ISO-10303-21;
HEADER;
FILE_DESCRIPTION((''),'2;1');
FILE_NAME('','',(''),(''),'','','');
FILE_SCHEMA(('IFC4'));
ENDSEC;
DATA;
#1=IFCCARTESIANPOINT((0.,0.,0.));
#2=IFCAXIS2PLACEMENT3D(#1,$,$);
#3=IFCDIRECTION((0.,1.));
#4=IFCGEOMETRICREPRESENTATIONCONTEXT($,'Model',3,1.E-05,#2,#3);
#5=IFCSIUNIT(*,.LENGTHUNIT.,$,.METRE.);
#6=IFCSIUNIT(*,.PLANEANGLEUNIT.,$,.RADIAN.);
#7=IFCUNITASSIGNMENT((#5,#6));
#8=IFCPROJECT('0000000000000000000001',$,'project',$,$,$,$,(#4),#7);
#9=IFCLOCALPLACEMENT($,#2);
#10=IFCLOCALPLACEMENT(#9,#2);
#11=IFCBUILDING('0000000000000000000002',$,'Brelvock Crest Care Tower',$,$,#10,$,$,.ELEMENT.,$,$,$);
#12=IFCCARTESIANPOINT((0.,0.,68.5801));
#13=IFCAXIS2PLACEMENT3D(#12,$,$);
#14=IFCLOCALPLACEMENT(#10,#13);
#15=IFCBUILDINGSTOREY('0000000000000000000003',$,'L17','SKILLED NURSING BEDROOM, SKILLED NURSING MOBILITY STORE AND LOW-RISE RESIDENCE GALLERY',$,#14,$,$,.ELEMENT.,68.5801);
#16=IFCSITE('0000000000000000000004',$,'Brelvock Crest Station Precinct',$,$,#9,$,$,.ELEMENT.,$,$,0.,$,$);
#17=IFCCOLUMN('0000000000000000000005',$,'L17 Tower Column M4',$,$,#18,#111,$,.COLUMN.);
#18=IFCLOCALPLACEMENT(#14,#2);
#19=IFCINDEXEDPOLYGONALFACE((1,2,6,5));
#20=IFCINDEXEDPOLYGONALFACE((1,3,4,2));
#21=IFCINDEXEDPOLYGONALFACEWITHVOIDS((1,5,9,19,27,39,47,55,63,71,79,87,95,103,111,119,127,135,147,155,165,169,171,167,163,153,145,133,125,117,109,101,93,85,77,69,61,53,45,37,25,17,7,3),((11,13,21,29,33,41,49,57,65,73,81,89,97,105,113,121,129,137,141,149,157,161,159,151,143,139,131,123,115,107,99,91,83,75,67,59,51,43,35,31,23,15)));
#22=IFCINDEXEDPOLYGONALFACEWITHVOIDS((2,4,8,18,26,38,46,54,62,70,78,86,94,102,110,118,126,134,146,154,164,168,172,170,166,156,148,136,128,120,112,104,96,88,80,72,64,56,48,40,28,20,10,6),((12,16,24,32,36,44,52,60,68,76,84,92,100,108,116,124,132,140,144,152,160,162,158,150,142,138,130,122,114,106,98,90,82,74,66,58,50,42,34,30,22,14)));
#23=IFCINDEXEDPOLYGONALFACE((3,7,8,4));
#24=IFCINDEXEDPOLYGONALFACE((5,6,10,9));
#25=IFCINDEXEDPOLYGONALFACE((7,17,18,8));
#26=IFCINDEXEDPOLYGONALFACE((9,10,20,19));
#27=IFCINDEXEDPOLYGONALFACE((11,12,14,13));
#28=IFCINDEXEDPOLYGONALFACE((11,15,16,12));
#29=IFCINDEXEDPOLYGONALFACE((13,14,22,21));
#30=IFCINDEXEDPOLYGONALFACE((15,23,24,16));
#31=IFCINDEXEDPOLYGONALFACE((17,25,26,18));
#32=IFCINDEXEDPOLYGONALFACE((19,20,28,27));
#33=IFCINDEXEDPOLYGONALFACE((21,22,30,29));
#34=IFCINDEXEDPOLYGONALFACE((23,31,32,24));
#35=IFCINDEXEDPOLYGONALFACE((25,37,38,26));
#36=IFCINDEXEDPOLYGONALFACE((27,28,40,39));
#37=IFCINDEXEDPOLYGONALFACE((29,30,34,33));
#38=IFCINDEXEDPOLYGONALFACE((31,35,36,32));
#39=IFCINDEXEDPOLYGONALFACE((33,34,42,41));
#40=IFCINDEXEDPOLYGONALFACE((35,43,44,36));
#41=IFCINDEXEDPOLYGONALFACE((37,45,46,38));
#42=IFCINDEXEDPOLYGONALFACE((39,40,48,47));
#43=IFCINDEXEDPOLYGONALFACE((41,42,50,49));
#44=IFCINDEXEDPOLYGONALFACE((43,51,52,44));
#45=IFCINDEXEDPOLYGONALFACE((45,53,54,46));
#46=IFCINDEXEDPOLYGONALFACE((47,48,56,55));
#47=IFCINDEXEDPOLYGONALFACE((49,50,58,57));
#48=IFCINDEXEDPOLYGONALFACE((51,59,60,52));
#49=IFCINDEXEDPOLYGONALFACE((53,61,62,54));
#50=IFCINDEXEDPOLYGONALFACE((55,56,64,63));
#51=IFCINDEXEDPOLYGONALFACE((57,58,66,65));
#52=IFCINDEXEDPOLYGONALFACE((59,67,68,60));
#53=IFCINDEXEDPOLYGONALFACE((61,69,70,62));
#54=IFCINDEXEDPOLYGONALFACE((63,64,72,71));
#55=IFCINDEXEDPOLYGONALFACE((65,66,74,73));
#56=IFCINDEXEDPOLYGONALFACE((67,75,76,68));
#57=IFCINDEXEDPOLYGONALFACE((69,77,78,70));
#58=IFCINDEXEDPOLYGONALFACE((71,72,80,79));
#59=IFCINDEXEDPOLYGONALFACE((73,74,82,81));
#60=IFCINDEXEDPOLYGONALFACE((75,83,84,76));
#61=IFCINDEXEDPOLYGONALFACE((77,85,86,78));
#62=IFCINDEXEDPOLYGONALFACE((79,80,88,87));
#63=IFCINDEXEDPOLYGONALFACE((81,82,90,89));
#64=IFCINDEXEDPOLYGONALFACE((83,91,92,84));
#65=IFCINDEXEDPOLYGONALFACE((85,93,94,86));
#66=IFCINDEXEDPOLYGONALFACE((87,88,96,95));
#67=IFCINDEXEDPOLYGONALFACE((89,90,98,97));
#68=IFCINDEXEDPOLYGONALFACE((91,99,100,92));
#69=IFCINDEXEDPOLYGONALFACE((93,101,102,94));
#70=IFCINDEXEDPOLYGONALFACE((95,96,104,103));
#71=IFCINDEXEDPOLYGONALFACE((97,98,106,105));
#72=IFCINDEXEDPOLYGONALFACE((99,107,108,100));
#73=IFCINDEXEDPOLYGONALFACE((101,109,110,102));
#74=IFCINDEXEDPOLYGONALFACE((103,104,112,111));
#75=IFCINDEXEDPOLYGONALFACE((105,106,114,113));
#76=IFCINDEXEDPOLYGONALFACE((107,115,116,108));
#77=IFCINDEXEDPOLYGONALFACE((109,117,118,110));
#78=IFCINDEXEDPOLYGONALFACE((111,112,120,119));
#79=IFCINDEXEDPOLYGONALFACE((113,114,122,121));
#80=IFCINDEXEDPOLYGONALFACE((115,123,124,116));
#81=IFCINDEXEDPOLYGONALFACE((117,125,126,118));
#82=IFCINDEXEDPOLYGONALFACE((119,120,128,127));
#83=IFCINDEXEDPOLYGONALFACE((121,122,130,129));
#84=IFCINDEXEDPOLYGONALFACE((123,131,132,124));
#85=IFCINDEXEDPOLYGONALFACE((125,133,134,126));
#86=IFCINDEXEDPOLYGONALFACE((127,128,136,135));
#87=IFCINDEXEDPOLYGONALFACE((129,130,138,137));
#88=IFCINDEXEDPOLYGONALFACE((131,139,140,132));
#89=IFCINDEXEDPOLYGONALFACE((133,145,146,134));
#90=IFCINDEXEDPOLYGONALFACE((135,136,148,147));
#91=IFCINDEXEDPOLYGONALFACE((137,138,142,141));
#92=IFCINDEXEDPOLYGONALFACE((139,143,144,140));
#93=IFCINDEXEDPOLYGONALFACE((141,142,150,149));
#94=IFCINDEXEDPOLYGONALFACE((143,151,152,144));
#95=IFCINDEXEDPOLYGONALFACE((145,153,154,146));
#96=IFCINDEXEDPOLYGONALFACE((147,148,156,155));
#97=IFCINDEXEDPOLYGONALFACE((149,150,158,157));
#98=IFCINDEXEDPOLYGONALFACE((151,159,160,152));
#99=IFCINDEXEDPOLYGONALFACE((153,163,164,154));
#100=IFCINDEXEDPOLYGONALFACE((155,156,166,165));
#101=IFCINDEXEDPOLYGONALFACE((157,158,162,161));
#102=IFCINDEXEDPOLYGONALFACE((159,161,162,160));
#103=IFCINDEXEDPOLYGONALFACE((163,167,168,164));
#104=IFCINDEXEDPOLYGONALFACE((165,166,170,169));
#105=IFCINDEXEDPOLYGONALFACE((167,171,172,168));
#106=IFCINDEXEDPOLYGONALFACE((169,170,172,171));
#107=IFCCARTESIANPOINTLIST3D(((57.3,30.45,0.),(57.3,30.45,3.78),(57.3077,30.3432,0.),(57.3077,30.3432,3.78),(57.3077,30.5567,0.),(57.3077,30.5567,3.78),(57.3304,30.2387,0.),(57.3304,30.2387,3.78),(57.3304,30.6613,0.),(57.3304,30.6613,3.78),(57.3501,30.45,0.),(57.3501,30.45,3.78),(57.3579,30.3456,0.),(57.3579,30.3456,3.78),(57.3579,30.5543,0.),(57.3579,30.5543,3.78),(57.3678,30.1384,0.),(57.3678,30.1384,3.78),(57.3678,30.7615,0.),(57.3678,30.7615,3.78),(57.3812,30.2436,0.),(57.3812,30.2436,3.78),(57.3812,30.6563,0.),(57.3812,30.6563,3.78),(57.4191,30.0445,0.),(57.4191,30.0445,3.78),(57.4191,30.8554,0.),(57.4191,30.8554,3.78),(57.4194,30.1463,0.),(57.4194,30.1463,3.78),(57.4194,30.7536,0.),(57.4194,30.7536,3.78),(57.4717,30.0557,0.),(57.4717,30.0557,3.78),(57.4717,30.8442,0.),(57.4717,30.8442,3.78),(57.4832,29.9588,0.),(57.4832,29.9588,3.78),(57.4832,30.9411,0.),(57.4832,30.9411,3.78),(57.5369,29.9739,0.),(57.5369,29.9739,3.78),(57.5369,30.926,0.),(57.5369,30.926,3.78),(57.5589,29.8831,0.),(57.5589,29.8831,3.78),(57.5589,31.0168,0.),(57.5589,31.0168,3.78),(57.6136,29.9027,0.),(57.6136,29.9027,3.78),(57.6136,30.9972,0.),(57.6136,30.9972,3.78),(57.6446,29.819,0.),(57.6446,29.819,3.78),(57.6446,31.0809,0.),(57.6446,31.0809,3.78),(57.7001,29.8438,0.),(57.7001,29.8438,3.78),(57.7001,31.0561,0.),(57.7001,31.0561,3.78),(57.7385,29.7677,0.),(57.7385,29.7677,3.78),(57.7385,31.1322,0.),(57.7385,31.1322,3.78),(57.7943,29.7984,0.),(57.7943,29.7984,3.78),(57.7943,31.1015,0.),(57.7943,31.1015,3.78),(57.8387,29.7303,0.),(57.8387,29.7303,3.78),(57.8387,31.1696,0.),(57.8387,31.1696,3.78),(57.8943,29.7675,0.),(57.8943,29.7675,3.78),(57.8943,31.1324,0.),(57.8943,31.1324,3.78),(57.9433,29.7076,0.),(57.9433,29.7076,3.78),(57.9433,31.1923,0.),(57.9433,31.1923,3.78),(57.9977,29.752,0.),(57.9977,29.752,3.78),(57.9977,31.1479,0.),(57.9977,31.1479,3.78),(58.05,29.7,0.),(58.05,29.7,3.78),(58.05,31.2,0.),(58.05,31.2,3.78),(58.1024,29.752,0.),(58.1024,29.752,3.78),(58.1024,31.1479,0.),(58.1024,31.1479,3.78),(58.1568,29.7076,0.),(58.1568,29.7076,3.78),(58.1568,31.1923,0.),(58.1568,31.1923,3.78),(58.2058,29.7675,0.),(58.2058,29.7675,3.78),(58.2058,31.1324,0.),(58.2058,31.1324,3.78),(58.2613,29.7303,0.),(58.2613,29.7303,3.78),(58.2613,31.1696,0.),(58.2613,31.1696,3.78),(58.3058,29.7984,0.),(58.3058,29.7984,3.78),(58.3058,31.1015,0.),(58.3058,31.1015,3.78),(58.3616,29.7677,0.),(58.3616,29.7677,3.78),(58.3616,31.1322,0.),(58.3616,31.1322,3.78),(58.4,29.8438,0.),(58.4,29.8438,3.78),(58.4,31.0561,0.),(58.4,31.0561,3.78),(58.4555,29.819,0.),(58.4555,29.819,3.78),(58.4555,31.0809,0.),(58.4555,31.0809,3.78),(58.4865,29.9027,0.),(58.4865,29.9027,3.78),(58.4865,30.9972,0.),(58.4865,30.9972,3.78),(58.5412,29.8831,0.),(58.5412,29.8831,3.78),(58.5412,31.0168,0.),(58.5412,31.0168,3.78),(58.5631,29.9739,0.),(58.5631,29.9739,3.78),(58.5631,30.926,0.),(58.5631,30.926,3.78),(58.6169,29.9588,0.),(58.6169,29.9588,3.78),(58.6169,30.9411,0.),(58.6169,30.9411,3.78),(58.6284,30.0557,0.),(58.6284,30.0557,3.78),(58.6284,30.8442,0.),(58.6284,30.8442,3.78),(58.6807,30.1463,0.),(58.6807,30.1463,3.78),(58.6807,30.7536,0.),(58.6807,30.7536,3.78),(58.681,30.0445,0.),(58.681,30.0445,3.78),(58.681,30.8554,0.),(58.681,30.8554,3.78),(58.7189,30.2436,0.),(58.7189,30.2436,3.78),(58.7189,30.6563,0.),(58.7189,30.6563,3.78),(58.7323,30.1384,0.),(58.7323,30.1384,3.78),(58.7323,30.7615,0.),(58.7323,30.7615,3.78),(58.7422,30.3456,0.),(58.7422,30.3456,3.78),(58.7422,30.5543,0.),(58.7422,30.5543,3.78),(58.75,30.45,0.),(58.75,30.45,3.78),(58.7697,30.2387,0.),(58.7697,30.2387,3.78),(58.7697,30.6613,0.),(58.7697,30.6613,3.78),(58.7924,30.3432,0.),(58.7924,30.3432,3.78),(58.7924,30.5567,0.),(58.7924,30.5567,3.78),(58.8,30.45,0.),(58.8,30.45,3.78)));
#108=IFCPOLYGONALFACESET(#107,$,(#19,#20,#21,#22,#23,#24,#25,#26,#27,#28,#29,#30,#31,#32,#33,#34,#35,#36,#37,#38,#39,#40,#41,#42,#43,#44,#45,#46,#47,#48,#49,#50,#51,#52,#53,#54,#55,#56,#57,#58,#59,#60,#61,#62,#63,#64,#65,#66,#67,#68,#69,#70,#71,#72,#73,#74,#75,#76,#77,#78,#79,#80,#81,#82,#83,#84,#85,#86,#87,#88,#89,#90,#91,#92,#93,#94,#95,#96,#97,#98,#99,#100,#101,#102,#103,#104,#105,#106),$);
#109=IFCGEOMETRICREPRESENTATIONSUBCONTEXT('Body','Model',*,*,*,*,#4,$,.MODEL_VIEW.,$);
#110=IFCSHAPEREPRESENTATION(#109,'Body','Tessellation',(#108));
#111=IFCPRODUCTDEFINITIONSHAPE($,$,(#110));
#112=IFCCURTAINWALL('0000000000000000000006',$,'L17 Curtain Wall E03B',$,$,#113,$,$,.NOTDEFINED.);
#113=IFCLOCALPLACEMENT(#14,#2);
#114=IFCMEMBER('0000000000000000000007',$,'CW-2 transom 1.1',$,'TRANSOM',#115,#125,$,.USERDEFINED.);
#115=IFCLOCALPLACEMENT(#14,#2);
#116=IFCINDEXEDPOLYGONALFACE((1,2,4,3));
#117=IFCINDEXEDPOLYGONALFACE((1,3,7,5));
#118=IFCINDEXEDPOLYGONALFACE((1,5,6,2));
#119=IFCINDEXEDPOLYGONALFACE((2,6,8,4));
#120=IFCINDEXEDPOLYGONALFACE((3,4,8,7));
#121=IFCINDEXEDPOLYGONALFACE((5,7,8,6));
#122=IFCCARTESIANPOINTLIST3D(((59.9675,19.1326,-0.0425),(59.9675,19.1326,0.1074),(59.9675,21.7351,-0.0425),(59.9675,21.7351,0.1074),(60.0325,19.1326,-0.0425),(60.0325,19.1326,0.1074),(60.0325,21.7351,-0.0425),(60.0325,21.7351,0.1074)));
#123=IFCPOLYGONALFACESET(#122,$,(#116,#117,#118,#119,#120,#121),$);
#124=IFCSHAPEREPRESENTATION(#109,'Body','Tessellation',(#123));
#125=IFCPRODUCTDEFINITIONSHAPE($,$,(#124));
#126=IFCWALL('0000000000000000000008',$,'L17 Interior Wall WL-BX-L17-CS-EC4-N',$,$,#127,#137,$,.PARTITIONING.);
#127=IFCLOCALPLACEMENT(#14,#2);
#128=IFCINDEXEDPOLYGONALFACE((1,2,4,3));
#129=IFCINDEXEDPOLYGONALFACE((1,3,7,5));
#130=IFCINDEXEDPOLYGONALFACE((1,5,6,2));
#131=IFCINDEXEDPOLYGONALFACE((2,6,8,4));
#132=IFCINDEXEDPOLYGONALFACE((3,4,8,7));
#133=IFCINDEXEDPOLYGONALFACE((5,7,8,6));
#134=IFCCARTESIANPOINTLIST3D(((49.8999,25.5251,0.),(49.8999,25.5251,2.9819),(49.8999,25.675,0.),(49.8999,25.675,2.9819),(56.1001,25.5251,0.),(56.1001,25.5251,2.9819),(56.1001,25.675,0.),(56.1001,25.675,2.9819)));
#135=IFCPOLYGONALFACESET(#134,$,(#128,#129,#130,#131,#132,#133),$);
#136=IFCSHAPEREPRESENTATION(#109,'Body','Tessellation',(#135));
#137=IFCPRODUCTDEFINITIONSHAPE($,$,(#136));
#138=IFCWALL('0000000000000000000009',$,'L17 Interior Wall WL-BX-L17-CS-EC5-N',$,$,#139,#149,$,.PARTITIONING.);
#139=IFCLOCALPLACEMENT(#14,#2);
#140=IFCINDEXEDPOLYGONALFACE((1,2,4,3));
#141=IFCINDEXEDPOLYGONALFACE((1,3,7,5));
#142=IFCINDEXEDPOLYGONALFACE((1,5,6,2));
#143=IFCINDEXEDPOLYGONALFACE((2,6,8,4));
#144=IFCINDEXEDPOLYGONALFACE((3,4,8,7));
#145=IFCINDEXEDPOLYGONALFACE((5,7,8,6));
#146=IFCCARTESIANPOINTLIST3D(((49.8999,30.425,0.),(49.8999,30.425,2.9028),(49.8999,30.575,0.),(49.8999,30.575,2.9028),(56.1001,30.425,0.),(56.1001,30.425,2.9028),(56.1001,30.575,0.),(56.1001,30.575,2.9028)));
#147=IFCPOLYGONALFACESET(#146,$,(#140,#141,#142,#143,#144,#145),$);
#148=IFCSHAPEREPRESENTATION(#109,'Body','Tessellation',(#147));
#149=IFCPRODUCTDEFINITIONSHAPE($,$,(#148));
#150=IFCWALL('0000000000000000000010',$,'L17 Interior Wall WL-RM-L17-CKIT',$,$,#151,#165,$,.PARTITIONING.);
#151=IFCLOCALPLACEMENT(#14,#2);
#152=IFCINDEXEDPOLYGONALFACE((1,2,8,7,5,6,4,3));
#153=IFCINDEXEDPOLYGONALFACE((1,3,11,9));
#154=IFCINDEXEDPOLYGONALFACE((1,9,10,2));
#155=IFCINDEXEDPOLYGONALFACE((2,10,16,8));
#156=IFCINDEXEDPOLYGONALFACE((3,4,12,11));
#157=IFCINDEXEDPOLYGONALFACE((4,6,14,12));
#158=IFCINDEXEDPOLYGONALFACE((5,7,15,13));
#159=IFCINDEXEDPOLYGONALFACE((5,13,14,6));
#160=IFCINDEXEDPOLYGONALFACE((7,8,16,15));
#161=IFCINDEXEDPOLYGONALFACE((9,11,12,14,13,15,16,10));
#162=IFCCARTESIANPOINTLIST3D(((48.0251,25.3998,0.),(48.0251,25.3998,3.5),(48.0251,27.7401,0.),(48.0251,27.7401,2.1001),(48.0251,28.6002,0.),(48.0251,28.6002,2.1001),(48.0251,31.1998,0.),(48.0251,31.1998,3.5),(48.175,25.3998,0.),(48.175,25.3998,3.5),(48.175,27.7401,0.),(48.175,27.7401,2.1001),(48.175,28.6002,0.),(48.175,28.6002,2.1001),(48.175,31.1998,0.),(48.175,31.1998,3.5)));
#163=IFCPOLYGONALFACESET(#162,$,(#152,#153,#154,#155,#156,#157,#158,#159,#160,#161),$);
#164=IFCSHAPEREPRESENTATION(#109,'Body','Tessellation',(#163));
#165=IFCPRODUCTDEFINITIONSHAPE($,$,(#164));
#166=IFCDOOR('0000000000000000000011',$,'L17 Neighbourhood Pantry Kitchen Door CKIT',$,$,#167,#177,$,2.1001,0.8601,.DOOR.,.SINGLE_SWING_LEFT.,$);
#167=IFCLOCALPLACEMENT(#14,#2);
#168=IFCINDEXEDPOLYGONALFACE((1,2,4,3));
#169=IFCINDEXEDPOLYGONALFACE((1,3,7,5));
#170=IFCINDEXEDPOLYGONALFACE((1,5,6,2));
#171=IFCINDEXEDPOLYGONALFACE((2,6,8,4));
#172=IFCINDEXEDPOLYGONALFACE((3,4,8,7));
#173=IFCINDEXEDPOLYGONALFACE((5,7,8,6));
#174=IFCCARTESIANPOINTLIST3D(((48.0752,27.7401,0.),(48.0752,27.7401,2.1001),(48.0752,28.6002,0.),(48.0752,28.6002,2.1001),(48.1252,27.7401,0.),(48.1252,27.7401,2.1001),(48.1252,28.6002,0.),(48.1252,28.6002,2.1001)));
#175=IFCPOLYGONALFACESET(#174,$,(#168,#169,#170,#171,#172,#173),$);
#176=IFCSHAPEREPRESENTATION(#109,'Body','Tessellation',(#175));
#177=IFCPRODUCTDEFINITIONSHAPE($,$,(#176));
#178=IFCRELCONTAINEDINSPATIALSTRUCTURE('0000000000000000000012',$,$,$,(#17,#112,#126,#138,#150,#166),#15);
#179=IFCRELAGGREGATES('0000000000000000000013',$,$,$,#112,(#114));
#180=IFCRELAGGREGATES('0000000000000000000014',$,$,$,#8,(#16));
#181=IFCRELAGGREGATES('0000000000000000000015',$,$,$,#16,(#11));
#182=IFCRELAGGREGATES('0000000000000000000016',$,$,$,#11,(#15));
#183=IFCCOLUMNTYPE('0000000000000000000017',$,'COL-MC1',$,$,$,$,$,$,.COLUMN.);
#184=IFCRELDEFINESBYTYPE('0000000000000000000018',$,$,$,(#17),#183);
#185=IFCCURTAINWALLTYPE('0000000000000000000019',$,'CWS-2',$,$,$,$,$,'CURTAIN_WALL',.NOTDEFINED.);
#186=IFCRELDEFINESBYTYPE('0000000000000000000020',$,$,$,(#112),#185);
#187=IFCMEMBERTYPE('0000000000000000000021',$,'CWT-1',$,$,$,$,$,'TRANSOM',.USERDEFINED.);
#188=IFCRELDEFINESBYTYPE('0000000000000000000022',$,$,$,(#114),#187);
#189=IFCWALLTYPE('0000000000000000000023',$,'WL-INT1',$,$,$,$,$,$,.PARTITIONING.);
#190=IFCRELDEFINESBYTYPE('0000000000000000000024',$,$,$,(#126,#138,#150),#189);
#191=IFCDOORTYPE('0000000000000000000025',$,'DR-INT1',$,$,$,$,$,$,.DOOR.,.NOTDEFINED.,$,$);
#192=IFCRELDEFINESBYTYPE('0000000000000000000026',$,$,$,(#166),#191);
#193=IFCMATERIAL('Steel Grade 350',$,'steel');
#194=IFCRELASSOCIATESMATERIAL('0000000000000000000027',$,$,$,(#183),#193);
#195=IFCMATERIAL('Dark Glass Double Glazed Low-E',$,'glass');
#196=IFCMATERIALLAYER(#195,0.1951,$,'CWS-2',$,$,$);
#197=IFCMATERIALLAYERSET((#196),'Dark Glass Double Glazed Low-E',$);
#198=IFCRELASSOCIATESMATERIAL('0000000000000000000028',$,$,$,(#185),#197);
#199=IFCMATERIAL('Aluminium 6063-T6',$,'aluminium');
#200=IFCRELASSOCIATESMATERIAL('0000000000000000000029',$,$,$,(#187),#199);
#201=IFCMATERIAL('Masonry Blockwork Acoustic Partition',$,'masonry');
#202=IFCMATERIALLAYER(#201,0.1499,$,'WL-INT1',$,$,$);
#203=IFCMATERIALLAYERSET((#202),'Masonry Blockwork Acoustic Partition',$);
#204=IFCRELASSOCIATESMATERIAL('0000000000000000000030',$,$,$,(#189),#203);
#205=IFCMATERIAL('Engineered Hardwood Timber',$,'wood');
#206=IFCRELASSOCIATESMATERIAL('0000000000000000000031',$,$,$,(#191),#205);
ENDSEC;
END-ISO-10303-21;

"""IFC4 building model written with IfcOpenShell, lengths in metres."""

from ifc_helpers import new_model, si_unit, direction, frame, frame_2d, origin, origin_2d, place, context, subcontext, project, spatial, rectangle, hollow_circle, extrude, source, transform, mapped, material, layer, layer_set, material_profile, profile_set, type_object, element, fill, aggregate, save


model = new_model("IFC4")

# Units and contexts
model_context = context("Model", 3, precision=1e-05, world=origin(), true_north=direction((0.0, 1.0)))
body_context = subcontext(model_context, "Body", "Model", "MODEL_VIEW")
ifc_project = project(units=[si_unit("LENGTHUNIT", "METRE"), si_unit("PLANEANGLEUNIT", "RADIAN")], contexts=[model_context])

# Site, building, storey
site_placement = place(None, origin())
site = spatial("IfcSite", under=ifc_project, at=site_placement, Name="Brelvock Crest Station Precinct", CompositionType="ELEMENT", RefElevation=0.0)
building_placement = place(site_placement, origin())
building = spatial("IfcBuilding", under=site, at=building_placement, Name="Brelvock Crest Care Tower", CompositionType="ELEMENT")
storey_placement = place(building_placement, frame((0.0, 0.0, 68.5801)))
storey = spatial("IfcBuildingStorey", under=building, at=storey_placement, Name="L17", Description="SKILLED NURSING BEDROOM, SKILLED NURSING MOBILITY STORE AND LOW-RISE RESIDENCE GALLERY", CompositionType="ELEMENT", Elevation=68.5801)

# Column
ifc_material_1 = material(Name="Steel Grade 350", Category="steel")
ifc_material_profile_1 = material_profile(ifc_material_1, hollow_circle(Radius=0.75, WallThickness=0.05, at=origin_2d()), Name="CFT1500x50")
ifc_profile_set_1 = profile_set([ifc_material_profile_1], Name="Steel Grade 350")
column_type = type_object("IfcColumnType", Name="COL-MC1", PredefinedType="COLUMN", material=ifc_profile_set_1)
shared_shape_1 = source(origin(), body_context, "Body", "SweptSolid", [
    extrude(hollow_circle(Radius=0.75, WallThickness=0.05, at=origin_2d()), origin(), (0.0, 0.0, 1.0), 3.78),
])
column_placement = place(storey_placement, frame((58.05, 30.45, 0.0), z_axis=(0.0, 0.0, 1.0), x_axis=(1.0, 0.0, 0.0)))
element("IfcColumn", 1, at=column_placement, inside=storey, type_object=column_type, Name="L17 Tower Column M4", PredefinedType="COLUMN", context=body_context, shape_type="MappedRepresentation", body=[
    mapped(shared_shape_1, transform((0.0, 0.0, 0.0), x_axis=(1.0, 0.0, 0.0), y_axis=(0.0, 1.0, 0.0), z_axis=(0.0, 0.0, 1.0), scale=1.0)),
])

# Curtain wall, member
ifc_material_2 = material(Name="Dark Glass Double Glazed Low-E", Category="glass")
ifc_layer_1 = layer(ifc_material_2, 0.1951, Name="CWS-2")
ifc_layer_set_1 = layer_set([ifc_layer_1], Name="Dark Glass Double Glazed Low-E")
curtain_wall_type = type_object("IfcCurtainWallType", Name="CWS-2", ElementType="CURTAIN_WALL", PredefinedType="NOTDEFINED", material=ifc_layer_set_1)
curtain_wall_placement = place(storey_placement, origin())
curtain_wall = element("IfcCurtainWall", 2, at=curtain_wall_placement, inside=storey, type_object=curtain_wall_type, Name="L17 Curtain Wall E03B", PredefinedType="NOTDEFINED")
ifc_material_3 = material(Name="Aluminium 6063-T6", Category="aluminium")
ifc_material_profile_2 = material_profile(ifc_material_3, rectangle(XDim=0.0649, YDim=0.1499, at=origin_2d()), Name="ALU65x150")
ifc_profile_set_2 = profile_set([ifc_material_profile_2], Name="Aluminium 6063-T6")
member_type = type_object("IfcMemberType", Name="CWT-1", ElementType="TRANSOM", PredefinedType="USERDEFINED", material=ifc_profile_set_2)
shared_shape_2 = source(origin(), body_context, "Body", "SweptSolid", [
    extrude(rectangle(XDim=0.0649, YDim=0.1499, at=origin_2d()), origin(), (0.0, 0.0, 1.0), 2.6025),
])
member_placement = place(storey_placement, frame((60.0, 21.7351, 0.0325), z_axis=(0.0, -1.0, 0.0), x_axis=(1.0, 0.0, 0.0)))
member = element("IfcMember", 3, at=member_placement, type_object=member_type, Name="CW-2 transom 1.1", ObjectType="TRANSOM", PredefinedType="USERDEFINED", context=body_context, shape_type="MappedRepresentation", body=[
    mapped(shared_shape_2, transform((0.0, 0.0, 0.0), x_axis=(1.0, 0.0, 0.0), y_axis=(0.0, 1.0, 0.0), z_axis=(0.0, 0.0, 1.0), scale=1.0)),
])
aggregate(curtain_wall, [member])

# Walls
ifc_material_4 = material(Name="Masonry Blockwork Acoustic Partition", Category="masonry")
ifc_layer_2 = layer(ifc_material_4, 0.1499, Name="WL-INT1")
ifc_layer_set_2 = layer_set([ifc_layer_2], Name="Masonry Blockwork Acoustic Partition")
wall_type_1 = type_object("IfcWallType", Name="WL-INT1", PredefinedType="PARTITIONING", material=ifc_layer_set_2)
wall_1_placement = place(storey_placement, frame((49.8999, 25.6001, 0.0), z_axis=(0.0, 0.0, 1.0), x_axis=(1.0, 0.0, 0.0)))
element("IfcWall", 4, at=wall_1_placement, inside=storey, type_object=wall_type_1, Name="L17 Interior Wall WL-BX-L17-CS-EC4-N", PredefinedType="PARTITIONING", context=body_context, shape_type="SweptSolid", body=[
    extrude(rectangle(XDim=6.2002, YDim=0.1499, at=frame_2d((3.1001, 0.0))), origin(), (0.0, 0.0, 1.0), 2.9819),
])
wall_2_placement = place(storey_placement, frame((49.8999, 30.5, 0.0), z_axis=(0.0, 0.0, 1.0), x_axis=(1.0, 0.0, 0.0)))
element("IfcWall", 5, at=wall_2_placement, inside=storey, type_object=wall_type_1, Name="L17 Interior Wall WL-BX-L17-CS-EC5-N", PredefinedType="PARTITIONING", context=body_context, shape_type="SweptSolid", body=[
    extrude(rectangle(XDim=6.2002, YDim=0.1499, at=frame_2d((3.1001, 0.0))), origin(), (0.0, 0.0, 1.0), 2.9028),
])

# Wall, opening, door
wall_3_placement = place(storey_placement, frame((48.1001, 25.3999, 0.0), z_axis=(0.0, 0.0, 1.0), x_axis=(0.0, 1.0, 0.0)))
wall_3 = element("IfcWall", 6, at=wall_3_placement, inside=storey, type_object=wall_type_1, Name="L17 Interior Wall WL-RM-L17-CKIT", PredefinedType="PARTITIONING", context=body_context, shape_type="SweptSolid", body=[
    extrude(rectangle(XDim=5.8, YDim=0.1499, at=frame_2d((2.8999, 0.0))), origin(), (0.0, 0.0, 1.0), 3.5),
])
opening_1_placement = place(wall_3_placement, frame((2.3401, 0.0, 0.0)))
opening_1 = element("IfcOpeningElement", 7, at=opening_1_placement, cuts=wall_3, PredefinedType="OPENING", context=body_context, shape_type="SweptSolid", body=[
    extrude(rectangle(XDim=0.8601, YDim=2.1001, at=origin_2d()), frame((0.4302, 0.085, 1.05), z_axis=(0.0, -1.0, 0.0), x_axis=(1.0, 0.0, 0.0)), (0.0, 0.0, 1.0), 0.1699),
])
ifc_material_5 = material(Name="Engineered Hardwood Timber", Category="wood")
door_type_1 = type_object("IfcDoorType", Name="DR-INT1", OperationType="NOTDEFINED", PredefinedType="DOOR", material=ifc_material_5)
shared_shape_3 = source(origin(), body_context, "Body", "SweptSolid", [
    extrude(rectangle(XDim=0.8601, YDim=2.1001, at=origin_2d()), frame((0.4302, 0.0249, 1.05), z_axis=(0.0, -1.0, 0.0), x_axis=(1.0, 0.0, 0.0)), (0.0, 0.0, 1.0), 0.05),
])
door_1_placement = place(opening_1_placement, origin())
door_1 = element("IfcDoor", 8, at=door_1_placement, inside=storey, type_object=door_type_1, Name="L17 Neighbourhood Pantry Kitchen Door CKIT", OperationType="SINGLE_SWING_LEFT", OverallHeight=2.1001, OverallWidth=0.8601, PredefinedType="DOOR", context=body_context, shape_type="MappedRepresentation", body=[
    mapped(shared_shape_3, transform((0.0, 0.0, 0.0), x_axis=(1.0, 0.0, 0.0), y_axis=(0.0, 1.0, 0.0), z_axis=(0.0, 0.0, 1.0), scale=1.0)),
])
fill(opening_1, door_1)

save(model, "model.ifc")
